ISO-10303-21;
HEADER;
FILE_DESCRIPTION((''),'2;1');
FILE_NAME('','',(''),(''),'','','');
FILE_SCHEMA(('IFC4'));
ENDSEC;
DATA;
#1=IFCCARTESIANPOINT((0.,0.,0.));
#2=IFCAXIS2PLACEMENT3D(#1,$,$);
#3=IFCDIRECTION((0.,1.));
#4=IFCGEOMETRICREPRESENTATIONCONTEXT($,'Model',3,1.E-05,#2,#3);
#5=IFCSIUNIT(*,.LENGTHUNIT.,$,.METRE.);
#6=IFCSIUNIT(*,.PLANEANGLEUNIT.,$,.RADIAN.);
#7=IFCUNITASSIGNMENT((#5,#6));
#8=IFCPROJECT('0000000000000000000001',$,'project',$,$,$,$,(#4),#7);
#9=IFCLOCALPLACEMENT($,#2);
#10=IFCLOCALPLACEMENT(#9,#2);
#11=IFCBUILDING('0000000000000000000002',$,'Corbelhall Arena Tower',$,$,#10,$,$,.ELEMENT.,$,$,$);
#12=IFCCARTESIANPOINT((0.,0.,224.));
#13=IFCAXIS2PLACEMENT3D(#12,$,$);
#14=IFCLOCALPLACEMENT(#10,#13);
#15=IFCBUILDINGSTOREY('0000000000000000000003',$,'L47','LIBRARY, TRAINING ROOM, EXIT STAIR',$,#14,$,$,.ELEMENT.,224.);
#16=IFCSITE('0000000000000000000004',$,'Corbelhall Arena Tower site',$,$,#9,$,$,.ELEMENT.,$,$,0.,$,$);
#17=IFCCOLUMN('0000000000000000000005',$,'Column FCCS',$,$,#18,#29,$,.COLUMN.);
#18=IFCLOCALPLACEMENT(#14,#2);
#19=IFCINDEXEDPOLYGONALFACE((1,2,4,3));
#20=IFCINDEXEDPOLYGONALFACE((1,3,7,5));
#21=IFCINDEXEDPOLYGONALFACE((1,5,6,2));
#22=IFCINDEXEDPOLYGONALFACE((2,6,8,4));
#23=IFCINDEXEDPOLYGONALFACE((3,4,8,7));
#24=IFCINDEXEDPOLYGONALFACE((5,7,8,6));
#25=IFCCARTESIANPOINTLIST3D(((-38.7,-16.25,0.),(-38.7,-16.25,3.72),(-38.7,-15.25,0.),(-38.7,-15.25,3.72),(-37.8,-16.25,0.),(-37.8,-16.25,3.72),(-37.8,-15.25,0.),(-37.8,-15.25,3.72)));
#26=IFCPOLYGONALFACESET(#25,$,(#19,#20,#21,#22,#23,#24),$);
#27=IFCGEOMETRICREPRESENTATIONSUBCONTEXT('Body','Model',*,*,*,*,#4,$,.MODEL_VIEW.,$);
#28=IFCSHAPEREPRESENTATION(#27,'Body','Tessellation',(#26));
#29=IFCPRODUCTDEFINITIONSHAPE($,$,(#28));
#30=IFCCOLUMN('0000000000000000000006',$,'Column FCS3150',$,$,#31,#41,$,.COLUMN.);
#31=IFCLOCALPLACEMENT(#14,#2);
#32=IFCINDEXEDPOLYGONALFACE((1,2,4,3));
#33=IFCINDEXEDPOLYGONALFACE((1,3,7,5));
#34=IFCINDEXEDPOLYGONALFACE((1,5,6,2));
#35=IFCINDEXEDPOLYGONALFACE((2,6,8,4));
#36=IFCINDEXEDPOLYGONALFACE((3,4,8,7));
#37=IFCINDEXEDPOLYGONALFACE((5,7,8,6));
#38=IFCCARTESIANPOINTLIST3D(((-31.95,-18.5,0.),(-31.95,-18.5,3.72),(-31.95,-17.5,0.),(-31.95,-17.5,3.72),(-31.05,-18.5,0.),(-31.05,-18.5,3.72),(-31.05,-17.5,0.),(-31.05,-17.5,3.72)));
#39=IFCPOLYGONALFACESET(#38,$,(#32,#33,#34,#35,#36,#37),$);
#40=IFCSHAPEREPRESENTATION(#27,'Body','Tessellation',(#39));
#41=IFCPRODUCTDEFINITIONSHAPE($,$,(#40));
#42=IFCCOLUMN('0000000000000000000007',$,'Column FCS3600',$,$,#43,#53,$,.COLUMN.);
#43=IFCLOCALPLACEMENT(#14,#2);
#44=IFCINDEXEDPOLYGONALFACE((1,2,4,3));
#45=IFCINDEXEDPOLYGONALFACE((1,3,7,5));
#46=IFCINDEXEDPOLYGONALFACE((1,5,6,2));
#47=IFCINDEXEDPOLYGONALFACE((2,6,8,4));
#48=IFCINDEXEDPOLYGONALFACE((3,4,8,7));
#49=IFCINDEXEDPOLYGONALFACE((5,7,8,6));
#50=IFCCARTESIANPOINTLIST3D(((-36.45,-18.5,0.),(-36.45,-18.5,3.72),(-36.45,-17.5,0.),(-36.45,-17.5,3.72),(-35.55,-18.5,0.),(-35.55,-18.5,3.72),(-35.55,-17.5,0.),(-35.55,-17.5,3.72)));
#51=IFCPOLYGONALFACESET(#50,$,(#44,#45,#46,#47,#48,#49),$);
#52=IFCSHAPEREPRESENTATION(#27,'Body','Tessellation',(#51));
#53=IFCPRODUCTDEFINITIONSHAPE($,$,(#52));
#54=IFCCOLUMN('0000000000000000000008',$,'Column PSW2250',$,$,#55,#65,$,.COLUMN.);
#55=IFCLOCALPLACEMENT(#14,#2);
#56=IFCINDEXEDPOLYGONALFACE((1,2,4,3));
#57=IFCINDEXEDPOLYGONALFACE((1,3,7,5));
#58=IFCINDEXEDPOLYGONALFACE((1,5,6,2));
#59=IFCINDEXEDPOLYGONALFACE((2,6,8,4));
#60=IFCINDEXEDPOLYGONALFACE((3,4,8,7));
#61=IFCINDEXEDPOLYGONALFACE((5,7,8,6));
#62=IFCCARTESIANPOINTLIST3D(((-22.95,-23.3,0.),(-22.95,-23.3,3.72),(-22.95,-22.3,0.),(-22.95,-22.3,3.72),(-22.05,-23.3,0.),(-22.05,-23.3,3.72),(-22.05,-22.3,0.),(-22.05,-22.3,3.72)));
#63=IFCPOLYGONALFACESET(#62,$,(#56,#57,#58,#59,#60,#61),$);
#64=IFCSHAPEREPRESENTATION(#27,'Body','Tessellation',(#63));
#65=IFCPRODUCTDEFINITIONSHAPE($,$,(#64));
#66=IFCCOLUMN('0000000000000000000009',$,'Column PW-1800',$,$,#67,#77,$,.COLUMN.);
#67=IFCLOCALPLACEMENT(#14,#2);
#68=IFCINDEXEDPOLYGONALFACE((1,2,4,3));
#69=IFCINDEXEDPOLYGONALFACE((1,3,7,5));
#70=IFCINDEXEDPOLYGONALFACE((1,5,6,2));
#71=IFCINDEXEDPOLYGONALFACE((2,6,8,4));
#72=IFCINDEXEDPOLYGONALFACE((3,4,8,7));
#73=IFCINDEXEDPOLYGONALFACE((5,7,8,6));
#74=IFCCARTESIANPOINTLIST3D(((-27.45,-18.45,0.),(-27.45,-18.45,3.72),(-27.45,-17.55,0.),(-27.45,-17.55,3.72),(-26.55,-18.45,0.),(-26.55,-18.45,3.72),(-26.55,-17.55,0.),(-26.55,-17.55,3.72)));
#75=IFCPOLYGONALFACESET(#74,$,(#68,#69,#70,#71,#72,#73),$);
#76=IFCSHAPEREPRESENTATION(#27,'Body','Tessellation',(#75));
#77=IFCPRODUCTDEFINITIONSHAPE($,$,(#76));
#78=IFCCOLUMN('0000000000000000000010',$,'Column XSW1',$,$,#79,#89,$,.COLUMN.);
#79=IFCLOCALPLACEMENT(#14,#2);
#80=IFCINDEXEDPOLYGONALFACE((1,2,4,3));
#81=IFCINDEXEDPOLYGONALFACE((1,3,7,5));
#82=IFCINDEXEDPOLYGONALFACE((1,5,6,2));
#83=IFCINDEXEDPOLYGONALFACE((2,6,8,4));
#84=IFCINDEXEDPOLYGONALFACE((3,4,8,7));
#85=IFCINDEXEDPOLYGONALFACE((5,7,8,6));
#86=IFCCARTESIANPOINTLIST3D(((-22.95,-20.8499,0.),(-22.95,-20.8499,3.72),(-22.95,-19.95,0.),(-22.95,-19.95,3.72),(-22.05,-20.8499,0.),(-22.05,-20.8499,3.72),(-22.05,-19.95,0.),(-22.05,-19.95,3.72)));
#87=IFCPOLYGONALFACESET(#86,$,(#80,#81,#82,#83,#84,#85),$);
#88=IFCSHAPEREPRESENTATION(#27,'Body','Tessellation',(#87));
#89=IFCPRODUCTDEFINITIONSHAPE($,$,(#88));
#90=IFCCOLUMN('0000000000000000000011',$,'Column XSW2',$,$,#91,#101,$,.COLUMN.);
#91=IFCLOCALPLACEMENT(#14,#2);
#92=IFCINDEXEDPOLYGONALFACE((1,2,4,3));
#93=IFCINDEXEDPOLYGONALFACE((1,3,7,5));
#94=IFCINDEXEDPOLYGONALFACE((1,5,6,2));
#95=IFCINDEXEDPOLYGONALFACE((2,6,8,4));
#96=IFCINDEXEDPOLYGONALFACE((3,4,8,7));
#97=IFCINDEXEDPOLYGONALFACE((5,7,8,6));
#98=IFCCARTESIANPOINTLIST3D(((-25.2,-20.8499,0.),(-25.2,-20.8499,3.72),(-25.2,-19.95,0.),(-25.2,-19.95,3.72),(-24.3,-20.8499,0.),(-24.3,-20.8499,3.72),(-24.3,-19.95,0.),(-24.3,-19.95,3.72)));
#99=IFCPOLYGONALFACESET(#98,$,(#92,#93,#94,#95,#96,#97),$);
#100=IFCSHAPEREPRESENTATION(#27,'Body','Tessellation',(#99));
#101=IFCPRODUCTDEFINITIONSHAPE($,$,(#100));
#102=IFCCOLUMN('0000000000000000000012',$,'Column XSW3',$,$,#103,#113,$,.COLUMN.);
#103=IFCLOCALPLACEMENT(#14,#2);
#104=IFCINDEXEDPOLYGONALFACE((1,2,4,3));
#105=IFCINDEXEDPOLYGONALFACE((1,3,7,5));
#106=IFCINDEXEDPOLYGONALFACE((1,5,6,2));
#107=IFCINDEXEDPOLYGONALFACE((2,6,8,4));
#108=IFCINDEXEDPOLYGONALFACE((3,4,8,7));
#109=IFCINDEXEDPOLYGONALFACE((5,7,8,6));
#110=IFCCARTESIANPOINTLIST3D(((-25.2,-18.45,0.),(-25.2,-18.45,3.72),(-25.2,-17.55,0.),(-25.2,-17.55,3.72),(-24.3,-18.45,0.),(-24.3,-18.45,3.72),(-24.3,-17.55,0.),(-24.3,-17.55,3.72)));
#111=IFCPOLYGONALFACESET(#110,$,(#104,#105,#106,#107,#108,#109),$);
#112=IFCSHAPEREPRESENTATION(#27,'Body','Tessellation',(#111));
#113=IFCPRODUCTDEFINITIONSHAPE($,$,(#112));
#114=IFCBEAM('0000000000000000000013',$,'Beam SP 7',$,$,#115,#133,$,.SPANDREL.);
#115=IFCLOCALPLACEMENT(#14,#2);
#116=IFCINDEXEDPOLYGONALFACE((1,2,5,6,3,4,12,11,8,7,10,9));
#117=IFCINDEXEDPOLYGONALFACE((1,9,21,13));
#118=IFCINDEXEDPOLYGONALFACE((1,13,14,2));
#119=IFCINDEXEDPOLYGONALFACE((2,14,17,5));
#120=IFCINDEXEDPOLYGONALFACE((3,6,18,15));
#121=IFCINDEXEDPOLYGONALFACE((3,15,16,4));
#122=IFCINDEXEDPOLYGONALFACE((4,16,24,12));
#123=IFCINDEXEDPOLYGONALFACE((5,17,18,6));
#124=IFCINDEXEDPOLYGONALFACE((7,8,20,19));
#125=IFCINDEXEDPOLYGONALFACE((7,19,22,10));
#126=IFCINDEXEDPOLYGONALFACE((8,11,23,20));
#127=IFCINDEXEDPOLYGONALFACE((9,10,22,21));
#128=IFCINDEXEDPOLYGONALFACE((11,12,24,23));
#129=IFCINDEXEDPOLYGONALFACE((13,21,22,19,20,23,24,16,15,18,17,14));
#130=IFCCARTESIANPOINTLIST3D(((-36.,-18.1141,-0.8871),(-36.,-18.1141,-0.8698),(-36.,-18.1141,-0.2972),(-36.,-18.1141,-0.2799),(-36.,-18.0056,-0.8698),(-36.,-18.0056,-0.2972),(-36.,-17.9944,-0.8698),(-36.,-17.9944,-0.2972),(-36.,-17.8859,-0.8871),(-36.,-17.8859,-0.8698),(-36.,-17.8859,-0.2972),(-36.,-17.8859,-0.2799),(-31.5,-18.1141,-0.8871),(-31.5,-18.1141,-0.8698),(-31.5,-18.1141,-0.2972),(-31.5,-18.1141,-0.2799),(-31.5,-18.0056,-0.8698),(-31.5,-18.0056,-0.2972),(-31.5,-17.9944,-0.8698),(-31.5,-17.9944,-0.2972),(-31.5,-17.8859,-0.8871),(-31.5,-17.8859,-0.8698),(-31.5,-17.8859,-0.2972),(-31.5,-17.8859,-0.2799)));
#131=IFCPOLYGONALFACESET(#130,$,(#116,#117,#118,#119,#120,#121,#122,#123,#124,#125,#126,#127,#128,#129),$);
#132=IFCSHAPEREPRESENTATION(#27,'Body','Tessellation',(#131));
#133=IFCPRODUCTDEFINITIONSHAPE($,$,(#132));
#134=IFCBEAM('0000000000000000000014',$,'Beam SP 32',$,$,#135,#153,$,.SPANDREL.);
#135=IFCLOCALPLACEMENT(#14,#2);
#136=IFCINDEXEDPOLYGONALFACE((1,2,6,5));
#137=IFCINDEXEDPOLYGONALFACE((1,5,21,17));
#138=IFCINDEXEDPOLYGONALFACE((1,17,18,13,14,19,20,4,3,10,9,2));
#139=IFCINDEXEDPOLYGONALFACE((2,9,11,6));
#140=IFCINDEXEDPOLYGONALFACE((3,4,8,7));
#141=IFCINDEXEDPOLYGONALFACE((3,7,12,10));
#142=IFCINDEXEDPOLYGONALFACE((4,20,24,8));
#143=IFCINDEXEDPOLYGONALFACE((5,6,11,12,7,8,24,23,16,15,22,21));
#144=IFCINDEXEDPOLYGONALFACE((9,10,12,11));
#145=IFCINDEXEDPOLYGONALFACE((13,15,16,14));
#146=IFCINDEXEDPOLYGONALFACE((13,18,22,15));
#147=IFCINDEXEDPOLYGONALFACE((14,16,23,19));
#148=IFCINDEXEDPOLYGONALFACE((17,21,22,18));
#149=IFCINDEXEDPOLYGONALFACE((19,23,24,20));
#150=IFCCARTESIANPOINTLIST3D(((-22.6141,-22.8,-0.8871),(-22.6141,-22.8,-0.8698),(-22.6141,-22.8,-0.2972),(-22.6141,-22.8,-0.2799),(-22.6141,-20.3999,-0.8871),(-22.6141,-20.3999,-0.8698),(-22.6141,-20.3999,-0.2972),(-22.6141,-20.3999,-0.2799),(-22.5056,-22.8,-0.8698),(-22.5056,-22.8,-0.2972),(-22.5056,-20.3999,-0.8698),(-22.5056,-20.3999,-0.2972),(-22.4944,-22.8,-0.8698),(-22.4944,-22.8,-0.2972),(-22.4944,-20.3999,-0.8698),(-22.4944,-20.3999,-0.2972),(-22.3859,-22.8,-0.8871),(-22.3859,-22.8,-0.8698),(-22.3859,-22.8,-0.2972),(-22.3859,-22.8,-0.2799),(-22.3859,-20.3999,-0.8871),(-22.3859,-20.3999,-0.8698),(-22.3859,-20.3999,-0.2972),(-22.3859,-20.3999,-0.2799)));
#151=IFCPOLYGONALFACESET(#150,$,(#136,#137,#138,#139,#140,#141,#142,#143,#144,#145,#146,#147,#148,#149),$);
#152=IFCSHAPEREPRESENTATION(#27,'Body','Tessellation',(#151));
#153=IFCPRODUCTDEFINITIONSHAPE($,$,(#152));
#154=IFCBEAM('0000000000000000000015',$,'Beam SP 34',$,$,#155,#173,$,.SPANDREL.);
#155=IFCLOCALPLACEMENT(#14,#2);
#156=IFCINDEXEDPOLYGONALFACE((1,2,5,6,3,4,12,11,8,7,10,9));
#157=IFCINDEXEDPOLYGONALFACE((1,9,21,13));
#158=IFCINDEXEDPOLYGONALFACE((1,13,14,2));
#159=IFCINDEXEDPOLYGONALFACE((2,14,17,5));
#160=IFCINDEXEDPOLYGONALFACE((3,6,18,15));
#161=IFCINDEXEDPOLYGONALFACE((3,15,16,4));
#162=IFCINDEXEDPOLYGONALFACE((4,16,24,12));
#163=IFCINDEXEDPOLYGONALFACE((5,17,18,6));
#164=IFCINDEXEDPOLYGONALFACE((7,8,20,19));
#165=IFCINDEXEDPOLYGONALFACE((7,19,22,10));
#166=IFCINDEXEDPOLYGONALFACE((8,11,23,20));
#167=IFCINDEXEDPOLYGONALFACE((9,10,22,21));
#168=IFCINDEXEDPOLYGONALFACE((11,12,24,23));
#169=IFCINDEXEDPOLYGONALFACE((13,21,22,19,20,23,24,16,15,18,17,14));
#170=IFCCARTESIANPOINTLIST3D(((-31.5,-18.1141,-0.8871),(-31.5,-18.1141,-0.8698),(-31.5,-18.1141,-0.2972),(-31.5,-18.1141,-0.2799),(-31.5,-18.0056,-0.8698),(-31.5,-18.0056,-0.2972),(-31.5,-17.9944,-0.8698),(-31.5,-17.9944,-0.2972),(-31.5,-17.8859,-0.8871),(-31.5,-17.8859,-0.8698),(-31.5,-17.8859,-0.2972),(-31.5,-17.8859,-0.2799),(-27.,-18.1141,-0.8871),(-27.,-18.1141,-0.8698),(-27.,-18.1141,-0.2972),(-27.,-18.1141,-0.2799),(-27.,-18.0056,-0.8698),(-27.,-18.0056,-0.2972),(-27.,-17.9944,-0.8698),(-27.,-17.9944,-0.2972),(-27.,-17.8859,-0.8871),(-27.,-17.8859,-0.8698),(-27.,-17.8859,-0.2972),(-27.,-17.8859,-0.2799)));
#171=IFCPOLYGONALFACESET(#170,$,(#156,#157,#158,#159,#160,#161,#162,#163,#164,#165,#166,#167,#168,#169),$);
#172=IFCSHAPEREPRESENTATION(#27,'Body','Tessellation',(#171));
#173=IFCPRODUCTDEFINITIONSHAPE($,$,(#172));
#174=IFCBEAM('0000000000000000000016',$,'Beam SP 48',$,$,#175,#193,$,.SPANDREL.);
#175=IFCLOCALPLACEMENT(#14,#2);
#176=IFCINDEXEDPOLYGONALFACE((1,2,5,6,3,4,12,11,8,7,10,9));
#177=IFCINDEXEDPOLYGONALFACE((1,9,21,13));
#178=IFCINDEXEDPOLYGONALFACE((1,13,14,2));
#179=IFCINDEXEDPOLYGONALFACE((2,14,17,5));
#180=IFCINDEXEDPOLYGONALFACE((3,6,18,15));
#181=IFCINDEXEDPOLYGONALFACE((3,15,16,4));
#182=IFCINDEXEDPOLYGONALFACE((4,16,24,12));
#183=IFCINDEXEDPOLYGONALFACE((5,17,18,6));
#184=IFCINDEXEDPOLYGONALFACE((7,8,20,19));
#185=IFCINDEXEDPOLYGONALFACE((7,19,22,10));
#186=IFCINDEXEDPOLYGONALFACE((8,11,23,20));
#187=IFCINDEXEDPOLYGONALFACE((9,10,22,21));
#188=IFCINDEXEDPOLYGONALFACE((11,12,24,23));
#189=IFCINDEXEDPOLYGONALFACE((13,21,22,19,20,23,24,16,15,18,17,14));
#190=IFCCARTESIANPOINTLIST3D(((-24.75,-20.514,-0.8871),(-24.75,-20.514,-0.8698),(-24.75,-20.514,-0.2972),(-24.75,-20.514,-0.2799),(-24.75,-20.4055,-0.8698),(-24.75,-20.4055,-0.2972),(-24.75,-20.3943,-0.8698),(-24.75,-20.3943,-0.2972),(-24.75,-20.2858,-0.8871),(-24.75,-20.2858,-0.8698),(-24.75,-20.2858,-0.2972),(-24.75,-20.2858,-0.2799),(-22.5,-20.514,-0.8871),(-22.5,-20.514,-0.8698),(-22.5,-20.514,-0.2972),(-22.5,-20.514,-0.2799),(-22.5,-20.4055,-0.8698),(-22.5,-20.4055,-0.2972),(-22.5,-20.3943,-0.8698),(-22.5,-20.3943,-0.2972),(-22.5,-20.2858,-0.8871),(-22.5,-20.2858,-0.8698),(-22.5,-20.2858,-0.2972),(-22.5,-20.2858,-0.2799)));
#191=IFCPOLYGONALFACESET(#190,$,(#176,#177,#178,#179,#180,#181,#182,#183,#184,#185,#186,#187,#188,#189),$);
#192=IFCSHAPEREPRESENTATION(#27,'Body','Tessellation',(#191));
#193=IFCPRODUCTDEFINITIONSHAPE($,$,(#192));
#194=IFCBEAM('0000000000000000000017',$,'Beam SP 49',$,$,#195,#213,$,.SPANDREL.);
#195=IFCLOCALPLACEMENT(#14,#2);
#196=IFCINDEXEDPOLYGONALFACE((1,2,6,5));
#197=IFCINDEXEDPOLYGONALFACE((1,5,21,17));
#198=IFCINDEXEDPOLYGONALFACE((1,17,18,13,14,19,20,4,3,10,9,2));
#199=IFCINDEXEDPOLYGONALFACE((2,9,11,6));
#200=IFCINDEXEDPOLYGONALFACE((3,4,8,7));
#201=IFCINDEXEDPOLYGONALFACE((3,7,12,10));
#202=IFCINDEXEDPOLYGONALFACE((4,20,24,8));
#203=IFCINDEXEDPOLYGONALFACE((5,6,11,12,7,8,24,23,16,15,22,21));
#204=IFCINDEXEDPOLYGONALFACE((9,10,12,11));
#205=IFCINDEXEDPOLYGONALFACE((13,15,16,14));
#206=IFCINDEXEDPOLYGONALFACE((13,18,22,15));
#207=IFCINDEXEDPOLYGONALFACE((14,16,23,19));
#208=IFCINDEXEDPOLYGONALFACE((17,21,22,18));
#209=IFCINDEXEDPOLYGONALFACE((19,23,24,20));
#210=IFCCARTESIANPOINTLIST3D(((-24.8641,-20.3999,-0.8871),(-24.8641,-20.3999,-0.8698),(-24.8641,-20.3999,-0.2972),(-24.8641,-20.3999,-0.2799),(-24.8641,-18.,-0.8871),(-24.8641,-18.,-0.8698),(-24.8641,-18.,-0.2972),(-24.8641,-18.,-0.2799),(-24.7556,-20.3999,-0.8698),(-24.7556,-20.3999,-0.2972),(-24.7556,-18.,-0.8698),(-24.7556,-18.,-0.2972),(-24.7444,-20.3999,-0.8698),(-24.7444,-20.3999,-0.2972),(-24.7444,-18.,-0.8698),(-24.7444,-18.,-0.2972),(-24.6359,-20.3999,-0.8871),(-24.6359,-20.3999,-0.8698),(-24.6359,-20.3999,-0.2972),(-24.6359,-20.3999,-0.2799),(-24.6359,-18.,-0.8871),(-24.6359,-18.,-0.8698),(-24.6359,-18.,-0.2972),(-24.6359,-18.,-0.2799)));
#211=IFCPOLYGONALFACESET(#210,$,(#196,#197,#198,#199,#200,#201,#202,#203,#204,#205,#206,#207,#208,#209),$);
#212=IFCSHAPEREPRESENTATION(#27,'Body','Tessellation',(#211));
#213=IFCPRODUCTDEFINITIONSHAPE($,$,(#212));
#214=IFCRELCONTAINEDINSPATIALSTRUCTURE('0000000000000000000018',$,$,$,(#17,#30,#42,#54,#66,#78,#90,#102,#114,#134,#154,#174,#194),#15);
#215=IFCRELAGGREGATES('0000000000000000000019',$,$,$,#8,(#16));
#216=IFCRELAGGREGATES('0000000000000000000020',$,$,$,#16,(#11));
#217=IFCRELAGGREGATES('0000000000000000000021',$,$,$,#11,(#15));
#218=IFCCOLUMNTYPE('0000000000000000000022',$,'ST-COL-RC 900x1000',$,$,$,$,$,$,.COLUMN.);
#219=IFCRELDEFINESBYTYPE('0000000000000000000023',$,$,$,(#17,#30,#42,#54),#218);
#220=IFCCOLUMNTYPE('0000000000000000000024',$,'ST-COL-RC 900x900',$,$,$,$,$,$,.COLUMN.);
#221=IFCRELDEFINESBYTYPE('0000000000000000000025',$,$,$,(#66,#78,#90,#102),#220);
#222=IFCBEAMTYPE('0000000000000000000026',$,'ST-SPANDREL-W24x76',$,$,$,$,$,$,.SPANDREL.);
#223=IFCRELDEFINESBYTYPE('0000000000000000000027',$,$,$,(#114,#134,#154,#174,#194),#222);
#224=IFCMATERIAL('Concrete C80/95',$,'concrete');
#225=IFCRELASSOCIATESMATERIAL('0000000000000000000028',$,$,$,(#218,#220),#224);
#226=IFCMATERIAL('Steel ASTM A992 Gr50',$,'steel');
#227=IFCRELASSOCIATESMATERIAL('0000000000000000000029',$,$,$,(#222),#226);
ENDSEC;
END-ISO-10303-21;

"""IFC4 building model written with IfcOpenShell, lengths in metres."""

from ifc_helpers import new_model, si_unit, direction, frame, origin, origin_2d, place, context, subcontext, project, spatial, rectangle, i_section, extrude, material, material_profile, profile_set, type_object, element, save


model = new_model("IFC4")

# Units and contexts
model_context = context("Model", 3, precision=1e-05, world=origin(), true_north=direction((0.0, 1.0)))
body_context = subcontext(model_context, "Body", "Model", "MODEL_VIEW")
ifc_project = project(units=[si_unit("LENGTHUNIT", "METRE"), si_unit("PLANEANGLEUNIT", "RADIAN")], contexts=[model_context])

# Site, building, storey
site_placement = place(None, origin())
site = spatial("IfcSite", under=ifc_project, at=site_placement, Name="Corbelhall Arena Tower site", CompositionType="ELEMENT", RefElevation=0.0)
building_placement = place(site_placement, origin())
building = spatial("IfcBuilding", under=site, at=building_placement, Name="Corbelhall Arena Tower", CompositionType="ELEMENT")
storey_placement = place(building_placement, frame((0.0, 0.0, 224.0)))
storey = spatial("IfcBuildingStorey", under=building, at=storey_placement, Name="L47", Description="LIBRARY, TRAINING ROOM, EXIT STAIR", CompositionType="ELEMENT", Elevation=224.0)

# Columns
ifc_material_1 = material(Name="Concrete C80/95", Category="concrete")
ifc_material_profile_1 = material_profile(ifc_material_1, rectangle(XDim=0.8999, YDim=1.0, at=origin_2d()))
ifc_profile_set_1 = profile_set([ifc_material_profile_1], Name="Concrete C80/95")
column_type_1 = type_object("IfcColumnType", Name="ST-COL-RC 900x1000", PredefinedType="COLUMN", material=ifc_profile_set_1)
for number, where, z_axis, x_axis, name in (
    (1, (-38.25, -15.75, 0.0), (0.0, 0.0, 1.0), (1.0, 0.0, 0.0), "Column FCCS"),
    (2, (-31.5, -18.0, 0.0), (0.0, 0.0, 1.0), (1.0, 0.0, 0.0), "Column FCS3150"),
    (3, (-36.0, -18.0, 0.0), (0.0, 0.0, 1.0), (1.0, 0.0, 0.0), "Column FCS3600"),
    (4, (-22.5, -22.8, 0.0), (0.0, 0.0, 1.0), (1.0, 0.0, 0.0), "Column PSW2250"),
):
    element("IfcColumn", number, at=place(storey_placement, frame(where, z_axis=z_axis, x_axis=x_axis)), inside=storey, type_object=column_type_1, Name=name, PredefinedType="COLUMN", context=body_context, shape_type="SweptSolid", body=[
        extrude(rectangle(XDim=0.8999, YDim=1.0, at=origin_2d()), origin(), (0.0, 0.0, 1.0), 3.72),
    ])
ifc_material_profile_2 = material_profile(ifc_material_1, rectangle(XDim=0.8999, YDim=0.8999, at=origin_2d()))
ifc_profile_set_2 = profile_set([ifc_material_profile_2], Name="Concrete C80/95")
column_type_2 = type_object("IfcColumnType", Name="ST-COL-RC 900x900", PredefinedType="COLUMN", material=ifc_profile_set_2)
for number, where, z_axis, x_axis, name in (
    (5, (-27.0, -18.0, 0.0), (0.0, 0.0, 1.0), (1.0, 0.0, 0.0), "Column PW-1800"),
    (6, (-22.5, -20.3999, 0.0), (0.0, 0.0, 1.0), (1.0, 0.0, 0.0), "Column XSW1"),
    (7, (-24.75, -20.3999, 0.0), (0.0, 0.0, 1.0), (1.0, 0.0, 0.0), "Column XSW2"),
    (8, (-24.75, -18.0, 0.0), (0.0, 0.0, 1.0), (1.0, 0.0, 0.0), "Column XSW3"),
):
    element("IfcColumn", number, at=place(storey_placement, frame(where, z_axis=z_axis, x_axis=x_axis)), inside=storey, type_object=column_type_2, Name=name, PredefinedType="COLUMN", context=body_context, shape_type="SweptSolid", body=[
        extrude(rectangle(XDim=0.8999, YDim=0.8999, at=origin_2d()), origin(), (0.0, 0.0, 1.0), 3.72),
    ])

# Beams
ifc_material_2 = material(Name="Steel ASTM A992 Gr50", Category="steel")
ifc_material_profile_3 = material_profile(ifc_material_2, i_section(OverallWidth=0.2283, OverallDepth=0.6072, WebThickness=0.0112, FlangeThickness=0.0173, at=origin_2d()))
ifc_profile_set_3 = profile_set([ifc_material_profile_3], Name="Steel ASTM A992 Gr50")
beam_type = type_object("IfcBeamType", Name="ST-SPANDREL-W24x76", PredefinedType="SPANDREL", material=ifc_profile_set_3)
beam_1_placement = place(storey_placement, frame((-31.5, -18.0, -0.5835), z_axis=(-1.0, 0.0, 0.0), x_axis=(0.0, -1.0, 0.0)))
element("IfcBeam", 9, at=beam_1_placement, inside=storey, type_object=beam_type, Name="Beam SP 7", PredefinedType="SPANDREL", context=body_context, shape_type="SweptSolid", body=[
    extrude(i_section(OverallWidth=0.2283, OverallDepth=0.6072, WebThickness=0.0112, FlangeThickness=0.0173, at=origin_2d()), origin(), (0.0, 0.0, 1.0), 4.5),
])
beam_2_placement = place(storey_placement, frame((-22.5, -22.8, -0.5835), z_axis=(0.0, 1.0, 0.0), x_axis=(-1.0, 0.0, 0.0)))
element("IfcBeam", 10, at=beam_2_placement, inside=storey, type_object=beam_type, Name="Beam SP 32", PredefinedType="SPANDREL", context=body_context, shape_type="SweptSolid", body=[
    extrude(i_section(OverallWidth=0.2283, OverallDepth=0.6072, WebThickness=0.0112, FlangeThickness=0.0173, at=origin_2d()), origin(), (0.0, 0.0, 1.0), 2.4001),
])
beam_3_placement = place(storey_placement, frame((-27.0, -18.0, -0.5835), z_axis=(-1.0, 0.0, 0.0), x_axis=(0.0, -1.0, 0.0)))
element("IfcBeam", 11, at=beam_3_placement, inside=storey, type_object=beam_type, Name="Beam SP 34", PredefinedType="SPANDREL", context=body_context, shape_type="SweptSolid", body=[
    extrude(i_section(OverallWidth=0.2283, OverallDepth=0.6072, WebThickness=0.0112, FlangeThickness=0.0173, at=origin_2d()), origin(), (0.0, 0.0, 1.0), 4.5),
])
beam_4_placement = place(storey_placement, frame((-22.5, -20.3999, -0.5835), z_axis=(-1.0, 0.0, 0.0), x_axis=(0.0, -1.0, 0.0)))
element("IfcBeam", 12, at=beam_4_placement, inside=storey, type_object=beam_type, Name="Beam SP 48", PredefinedType="SPANDREL", context=body_context, shape_type="SweptSolid", body=[
    extrude(i_section(OverallWidth=0.2283, OverallDepth=0.6072, WebThickness=0.0112, FlangeThickness=0.0173, at=origin_2d()), origin(), (0.0, 0.0, 1.0), 2.25),
])
beam_5_placement = place(storey_placement, frame((-24.75, -20.3999, -0.5835), z_axis=(0.0, 1.0, 0.0), x_axis=(-1.0, 0.0, 0.0)))
element("IfcBeam", 13, at=beam_5_placement, inside=storey, type_object=beam_type, Name="Beam SP 49", PredefinedType="SPANDREL", context=body_context, shape_type="SweptSolid", body=[
    extrude(i_section(OverallWidth=0.2283, OverallDepth=0.6072, WebThickness=0.0112, FlangeThickness=0.0173, at=origin_2d()), origin(), (0.0, 0.0, 1.0), 2.3999),
])

save(model, "model.ifc")
